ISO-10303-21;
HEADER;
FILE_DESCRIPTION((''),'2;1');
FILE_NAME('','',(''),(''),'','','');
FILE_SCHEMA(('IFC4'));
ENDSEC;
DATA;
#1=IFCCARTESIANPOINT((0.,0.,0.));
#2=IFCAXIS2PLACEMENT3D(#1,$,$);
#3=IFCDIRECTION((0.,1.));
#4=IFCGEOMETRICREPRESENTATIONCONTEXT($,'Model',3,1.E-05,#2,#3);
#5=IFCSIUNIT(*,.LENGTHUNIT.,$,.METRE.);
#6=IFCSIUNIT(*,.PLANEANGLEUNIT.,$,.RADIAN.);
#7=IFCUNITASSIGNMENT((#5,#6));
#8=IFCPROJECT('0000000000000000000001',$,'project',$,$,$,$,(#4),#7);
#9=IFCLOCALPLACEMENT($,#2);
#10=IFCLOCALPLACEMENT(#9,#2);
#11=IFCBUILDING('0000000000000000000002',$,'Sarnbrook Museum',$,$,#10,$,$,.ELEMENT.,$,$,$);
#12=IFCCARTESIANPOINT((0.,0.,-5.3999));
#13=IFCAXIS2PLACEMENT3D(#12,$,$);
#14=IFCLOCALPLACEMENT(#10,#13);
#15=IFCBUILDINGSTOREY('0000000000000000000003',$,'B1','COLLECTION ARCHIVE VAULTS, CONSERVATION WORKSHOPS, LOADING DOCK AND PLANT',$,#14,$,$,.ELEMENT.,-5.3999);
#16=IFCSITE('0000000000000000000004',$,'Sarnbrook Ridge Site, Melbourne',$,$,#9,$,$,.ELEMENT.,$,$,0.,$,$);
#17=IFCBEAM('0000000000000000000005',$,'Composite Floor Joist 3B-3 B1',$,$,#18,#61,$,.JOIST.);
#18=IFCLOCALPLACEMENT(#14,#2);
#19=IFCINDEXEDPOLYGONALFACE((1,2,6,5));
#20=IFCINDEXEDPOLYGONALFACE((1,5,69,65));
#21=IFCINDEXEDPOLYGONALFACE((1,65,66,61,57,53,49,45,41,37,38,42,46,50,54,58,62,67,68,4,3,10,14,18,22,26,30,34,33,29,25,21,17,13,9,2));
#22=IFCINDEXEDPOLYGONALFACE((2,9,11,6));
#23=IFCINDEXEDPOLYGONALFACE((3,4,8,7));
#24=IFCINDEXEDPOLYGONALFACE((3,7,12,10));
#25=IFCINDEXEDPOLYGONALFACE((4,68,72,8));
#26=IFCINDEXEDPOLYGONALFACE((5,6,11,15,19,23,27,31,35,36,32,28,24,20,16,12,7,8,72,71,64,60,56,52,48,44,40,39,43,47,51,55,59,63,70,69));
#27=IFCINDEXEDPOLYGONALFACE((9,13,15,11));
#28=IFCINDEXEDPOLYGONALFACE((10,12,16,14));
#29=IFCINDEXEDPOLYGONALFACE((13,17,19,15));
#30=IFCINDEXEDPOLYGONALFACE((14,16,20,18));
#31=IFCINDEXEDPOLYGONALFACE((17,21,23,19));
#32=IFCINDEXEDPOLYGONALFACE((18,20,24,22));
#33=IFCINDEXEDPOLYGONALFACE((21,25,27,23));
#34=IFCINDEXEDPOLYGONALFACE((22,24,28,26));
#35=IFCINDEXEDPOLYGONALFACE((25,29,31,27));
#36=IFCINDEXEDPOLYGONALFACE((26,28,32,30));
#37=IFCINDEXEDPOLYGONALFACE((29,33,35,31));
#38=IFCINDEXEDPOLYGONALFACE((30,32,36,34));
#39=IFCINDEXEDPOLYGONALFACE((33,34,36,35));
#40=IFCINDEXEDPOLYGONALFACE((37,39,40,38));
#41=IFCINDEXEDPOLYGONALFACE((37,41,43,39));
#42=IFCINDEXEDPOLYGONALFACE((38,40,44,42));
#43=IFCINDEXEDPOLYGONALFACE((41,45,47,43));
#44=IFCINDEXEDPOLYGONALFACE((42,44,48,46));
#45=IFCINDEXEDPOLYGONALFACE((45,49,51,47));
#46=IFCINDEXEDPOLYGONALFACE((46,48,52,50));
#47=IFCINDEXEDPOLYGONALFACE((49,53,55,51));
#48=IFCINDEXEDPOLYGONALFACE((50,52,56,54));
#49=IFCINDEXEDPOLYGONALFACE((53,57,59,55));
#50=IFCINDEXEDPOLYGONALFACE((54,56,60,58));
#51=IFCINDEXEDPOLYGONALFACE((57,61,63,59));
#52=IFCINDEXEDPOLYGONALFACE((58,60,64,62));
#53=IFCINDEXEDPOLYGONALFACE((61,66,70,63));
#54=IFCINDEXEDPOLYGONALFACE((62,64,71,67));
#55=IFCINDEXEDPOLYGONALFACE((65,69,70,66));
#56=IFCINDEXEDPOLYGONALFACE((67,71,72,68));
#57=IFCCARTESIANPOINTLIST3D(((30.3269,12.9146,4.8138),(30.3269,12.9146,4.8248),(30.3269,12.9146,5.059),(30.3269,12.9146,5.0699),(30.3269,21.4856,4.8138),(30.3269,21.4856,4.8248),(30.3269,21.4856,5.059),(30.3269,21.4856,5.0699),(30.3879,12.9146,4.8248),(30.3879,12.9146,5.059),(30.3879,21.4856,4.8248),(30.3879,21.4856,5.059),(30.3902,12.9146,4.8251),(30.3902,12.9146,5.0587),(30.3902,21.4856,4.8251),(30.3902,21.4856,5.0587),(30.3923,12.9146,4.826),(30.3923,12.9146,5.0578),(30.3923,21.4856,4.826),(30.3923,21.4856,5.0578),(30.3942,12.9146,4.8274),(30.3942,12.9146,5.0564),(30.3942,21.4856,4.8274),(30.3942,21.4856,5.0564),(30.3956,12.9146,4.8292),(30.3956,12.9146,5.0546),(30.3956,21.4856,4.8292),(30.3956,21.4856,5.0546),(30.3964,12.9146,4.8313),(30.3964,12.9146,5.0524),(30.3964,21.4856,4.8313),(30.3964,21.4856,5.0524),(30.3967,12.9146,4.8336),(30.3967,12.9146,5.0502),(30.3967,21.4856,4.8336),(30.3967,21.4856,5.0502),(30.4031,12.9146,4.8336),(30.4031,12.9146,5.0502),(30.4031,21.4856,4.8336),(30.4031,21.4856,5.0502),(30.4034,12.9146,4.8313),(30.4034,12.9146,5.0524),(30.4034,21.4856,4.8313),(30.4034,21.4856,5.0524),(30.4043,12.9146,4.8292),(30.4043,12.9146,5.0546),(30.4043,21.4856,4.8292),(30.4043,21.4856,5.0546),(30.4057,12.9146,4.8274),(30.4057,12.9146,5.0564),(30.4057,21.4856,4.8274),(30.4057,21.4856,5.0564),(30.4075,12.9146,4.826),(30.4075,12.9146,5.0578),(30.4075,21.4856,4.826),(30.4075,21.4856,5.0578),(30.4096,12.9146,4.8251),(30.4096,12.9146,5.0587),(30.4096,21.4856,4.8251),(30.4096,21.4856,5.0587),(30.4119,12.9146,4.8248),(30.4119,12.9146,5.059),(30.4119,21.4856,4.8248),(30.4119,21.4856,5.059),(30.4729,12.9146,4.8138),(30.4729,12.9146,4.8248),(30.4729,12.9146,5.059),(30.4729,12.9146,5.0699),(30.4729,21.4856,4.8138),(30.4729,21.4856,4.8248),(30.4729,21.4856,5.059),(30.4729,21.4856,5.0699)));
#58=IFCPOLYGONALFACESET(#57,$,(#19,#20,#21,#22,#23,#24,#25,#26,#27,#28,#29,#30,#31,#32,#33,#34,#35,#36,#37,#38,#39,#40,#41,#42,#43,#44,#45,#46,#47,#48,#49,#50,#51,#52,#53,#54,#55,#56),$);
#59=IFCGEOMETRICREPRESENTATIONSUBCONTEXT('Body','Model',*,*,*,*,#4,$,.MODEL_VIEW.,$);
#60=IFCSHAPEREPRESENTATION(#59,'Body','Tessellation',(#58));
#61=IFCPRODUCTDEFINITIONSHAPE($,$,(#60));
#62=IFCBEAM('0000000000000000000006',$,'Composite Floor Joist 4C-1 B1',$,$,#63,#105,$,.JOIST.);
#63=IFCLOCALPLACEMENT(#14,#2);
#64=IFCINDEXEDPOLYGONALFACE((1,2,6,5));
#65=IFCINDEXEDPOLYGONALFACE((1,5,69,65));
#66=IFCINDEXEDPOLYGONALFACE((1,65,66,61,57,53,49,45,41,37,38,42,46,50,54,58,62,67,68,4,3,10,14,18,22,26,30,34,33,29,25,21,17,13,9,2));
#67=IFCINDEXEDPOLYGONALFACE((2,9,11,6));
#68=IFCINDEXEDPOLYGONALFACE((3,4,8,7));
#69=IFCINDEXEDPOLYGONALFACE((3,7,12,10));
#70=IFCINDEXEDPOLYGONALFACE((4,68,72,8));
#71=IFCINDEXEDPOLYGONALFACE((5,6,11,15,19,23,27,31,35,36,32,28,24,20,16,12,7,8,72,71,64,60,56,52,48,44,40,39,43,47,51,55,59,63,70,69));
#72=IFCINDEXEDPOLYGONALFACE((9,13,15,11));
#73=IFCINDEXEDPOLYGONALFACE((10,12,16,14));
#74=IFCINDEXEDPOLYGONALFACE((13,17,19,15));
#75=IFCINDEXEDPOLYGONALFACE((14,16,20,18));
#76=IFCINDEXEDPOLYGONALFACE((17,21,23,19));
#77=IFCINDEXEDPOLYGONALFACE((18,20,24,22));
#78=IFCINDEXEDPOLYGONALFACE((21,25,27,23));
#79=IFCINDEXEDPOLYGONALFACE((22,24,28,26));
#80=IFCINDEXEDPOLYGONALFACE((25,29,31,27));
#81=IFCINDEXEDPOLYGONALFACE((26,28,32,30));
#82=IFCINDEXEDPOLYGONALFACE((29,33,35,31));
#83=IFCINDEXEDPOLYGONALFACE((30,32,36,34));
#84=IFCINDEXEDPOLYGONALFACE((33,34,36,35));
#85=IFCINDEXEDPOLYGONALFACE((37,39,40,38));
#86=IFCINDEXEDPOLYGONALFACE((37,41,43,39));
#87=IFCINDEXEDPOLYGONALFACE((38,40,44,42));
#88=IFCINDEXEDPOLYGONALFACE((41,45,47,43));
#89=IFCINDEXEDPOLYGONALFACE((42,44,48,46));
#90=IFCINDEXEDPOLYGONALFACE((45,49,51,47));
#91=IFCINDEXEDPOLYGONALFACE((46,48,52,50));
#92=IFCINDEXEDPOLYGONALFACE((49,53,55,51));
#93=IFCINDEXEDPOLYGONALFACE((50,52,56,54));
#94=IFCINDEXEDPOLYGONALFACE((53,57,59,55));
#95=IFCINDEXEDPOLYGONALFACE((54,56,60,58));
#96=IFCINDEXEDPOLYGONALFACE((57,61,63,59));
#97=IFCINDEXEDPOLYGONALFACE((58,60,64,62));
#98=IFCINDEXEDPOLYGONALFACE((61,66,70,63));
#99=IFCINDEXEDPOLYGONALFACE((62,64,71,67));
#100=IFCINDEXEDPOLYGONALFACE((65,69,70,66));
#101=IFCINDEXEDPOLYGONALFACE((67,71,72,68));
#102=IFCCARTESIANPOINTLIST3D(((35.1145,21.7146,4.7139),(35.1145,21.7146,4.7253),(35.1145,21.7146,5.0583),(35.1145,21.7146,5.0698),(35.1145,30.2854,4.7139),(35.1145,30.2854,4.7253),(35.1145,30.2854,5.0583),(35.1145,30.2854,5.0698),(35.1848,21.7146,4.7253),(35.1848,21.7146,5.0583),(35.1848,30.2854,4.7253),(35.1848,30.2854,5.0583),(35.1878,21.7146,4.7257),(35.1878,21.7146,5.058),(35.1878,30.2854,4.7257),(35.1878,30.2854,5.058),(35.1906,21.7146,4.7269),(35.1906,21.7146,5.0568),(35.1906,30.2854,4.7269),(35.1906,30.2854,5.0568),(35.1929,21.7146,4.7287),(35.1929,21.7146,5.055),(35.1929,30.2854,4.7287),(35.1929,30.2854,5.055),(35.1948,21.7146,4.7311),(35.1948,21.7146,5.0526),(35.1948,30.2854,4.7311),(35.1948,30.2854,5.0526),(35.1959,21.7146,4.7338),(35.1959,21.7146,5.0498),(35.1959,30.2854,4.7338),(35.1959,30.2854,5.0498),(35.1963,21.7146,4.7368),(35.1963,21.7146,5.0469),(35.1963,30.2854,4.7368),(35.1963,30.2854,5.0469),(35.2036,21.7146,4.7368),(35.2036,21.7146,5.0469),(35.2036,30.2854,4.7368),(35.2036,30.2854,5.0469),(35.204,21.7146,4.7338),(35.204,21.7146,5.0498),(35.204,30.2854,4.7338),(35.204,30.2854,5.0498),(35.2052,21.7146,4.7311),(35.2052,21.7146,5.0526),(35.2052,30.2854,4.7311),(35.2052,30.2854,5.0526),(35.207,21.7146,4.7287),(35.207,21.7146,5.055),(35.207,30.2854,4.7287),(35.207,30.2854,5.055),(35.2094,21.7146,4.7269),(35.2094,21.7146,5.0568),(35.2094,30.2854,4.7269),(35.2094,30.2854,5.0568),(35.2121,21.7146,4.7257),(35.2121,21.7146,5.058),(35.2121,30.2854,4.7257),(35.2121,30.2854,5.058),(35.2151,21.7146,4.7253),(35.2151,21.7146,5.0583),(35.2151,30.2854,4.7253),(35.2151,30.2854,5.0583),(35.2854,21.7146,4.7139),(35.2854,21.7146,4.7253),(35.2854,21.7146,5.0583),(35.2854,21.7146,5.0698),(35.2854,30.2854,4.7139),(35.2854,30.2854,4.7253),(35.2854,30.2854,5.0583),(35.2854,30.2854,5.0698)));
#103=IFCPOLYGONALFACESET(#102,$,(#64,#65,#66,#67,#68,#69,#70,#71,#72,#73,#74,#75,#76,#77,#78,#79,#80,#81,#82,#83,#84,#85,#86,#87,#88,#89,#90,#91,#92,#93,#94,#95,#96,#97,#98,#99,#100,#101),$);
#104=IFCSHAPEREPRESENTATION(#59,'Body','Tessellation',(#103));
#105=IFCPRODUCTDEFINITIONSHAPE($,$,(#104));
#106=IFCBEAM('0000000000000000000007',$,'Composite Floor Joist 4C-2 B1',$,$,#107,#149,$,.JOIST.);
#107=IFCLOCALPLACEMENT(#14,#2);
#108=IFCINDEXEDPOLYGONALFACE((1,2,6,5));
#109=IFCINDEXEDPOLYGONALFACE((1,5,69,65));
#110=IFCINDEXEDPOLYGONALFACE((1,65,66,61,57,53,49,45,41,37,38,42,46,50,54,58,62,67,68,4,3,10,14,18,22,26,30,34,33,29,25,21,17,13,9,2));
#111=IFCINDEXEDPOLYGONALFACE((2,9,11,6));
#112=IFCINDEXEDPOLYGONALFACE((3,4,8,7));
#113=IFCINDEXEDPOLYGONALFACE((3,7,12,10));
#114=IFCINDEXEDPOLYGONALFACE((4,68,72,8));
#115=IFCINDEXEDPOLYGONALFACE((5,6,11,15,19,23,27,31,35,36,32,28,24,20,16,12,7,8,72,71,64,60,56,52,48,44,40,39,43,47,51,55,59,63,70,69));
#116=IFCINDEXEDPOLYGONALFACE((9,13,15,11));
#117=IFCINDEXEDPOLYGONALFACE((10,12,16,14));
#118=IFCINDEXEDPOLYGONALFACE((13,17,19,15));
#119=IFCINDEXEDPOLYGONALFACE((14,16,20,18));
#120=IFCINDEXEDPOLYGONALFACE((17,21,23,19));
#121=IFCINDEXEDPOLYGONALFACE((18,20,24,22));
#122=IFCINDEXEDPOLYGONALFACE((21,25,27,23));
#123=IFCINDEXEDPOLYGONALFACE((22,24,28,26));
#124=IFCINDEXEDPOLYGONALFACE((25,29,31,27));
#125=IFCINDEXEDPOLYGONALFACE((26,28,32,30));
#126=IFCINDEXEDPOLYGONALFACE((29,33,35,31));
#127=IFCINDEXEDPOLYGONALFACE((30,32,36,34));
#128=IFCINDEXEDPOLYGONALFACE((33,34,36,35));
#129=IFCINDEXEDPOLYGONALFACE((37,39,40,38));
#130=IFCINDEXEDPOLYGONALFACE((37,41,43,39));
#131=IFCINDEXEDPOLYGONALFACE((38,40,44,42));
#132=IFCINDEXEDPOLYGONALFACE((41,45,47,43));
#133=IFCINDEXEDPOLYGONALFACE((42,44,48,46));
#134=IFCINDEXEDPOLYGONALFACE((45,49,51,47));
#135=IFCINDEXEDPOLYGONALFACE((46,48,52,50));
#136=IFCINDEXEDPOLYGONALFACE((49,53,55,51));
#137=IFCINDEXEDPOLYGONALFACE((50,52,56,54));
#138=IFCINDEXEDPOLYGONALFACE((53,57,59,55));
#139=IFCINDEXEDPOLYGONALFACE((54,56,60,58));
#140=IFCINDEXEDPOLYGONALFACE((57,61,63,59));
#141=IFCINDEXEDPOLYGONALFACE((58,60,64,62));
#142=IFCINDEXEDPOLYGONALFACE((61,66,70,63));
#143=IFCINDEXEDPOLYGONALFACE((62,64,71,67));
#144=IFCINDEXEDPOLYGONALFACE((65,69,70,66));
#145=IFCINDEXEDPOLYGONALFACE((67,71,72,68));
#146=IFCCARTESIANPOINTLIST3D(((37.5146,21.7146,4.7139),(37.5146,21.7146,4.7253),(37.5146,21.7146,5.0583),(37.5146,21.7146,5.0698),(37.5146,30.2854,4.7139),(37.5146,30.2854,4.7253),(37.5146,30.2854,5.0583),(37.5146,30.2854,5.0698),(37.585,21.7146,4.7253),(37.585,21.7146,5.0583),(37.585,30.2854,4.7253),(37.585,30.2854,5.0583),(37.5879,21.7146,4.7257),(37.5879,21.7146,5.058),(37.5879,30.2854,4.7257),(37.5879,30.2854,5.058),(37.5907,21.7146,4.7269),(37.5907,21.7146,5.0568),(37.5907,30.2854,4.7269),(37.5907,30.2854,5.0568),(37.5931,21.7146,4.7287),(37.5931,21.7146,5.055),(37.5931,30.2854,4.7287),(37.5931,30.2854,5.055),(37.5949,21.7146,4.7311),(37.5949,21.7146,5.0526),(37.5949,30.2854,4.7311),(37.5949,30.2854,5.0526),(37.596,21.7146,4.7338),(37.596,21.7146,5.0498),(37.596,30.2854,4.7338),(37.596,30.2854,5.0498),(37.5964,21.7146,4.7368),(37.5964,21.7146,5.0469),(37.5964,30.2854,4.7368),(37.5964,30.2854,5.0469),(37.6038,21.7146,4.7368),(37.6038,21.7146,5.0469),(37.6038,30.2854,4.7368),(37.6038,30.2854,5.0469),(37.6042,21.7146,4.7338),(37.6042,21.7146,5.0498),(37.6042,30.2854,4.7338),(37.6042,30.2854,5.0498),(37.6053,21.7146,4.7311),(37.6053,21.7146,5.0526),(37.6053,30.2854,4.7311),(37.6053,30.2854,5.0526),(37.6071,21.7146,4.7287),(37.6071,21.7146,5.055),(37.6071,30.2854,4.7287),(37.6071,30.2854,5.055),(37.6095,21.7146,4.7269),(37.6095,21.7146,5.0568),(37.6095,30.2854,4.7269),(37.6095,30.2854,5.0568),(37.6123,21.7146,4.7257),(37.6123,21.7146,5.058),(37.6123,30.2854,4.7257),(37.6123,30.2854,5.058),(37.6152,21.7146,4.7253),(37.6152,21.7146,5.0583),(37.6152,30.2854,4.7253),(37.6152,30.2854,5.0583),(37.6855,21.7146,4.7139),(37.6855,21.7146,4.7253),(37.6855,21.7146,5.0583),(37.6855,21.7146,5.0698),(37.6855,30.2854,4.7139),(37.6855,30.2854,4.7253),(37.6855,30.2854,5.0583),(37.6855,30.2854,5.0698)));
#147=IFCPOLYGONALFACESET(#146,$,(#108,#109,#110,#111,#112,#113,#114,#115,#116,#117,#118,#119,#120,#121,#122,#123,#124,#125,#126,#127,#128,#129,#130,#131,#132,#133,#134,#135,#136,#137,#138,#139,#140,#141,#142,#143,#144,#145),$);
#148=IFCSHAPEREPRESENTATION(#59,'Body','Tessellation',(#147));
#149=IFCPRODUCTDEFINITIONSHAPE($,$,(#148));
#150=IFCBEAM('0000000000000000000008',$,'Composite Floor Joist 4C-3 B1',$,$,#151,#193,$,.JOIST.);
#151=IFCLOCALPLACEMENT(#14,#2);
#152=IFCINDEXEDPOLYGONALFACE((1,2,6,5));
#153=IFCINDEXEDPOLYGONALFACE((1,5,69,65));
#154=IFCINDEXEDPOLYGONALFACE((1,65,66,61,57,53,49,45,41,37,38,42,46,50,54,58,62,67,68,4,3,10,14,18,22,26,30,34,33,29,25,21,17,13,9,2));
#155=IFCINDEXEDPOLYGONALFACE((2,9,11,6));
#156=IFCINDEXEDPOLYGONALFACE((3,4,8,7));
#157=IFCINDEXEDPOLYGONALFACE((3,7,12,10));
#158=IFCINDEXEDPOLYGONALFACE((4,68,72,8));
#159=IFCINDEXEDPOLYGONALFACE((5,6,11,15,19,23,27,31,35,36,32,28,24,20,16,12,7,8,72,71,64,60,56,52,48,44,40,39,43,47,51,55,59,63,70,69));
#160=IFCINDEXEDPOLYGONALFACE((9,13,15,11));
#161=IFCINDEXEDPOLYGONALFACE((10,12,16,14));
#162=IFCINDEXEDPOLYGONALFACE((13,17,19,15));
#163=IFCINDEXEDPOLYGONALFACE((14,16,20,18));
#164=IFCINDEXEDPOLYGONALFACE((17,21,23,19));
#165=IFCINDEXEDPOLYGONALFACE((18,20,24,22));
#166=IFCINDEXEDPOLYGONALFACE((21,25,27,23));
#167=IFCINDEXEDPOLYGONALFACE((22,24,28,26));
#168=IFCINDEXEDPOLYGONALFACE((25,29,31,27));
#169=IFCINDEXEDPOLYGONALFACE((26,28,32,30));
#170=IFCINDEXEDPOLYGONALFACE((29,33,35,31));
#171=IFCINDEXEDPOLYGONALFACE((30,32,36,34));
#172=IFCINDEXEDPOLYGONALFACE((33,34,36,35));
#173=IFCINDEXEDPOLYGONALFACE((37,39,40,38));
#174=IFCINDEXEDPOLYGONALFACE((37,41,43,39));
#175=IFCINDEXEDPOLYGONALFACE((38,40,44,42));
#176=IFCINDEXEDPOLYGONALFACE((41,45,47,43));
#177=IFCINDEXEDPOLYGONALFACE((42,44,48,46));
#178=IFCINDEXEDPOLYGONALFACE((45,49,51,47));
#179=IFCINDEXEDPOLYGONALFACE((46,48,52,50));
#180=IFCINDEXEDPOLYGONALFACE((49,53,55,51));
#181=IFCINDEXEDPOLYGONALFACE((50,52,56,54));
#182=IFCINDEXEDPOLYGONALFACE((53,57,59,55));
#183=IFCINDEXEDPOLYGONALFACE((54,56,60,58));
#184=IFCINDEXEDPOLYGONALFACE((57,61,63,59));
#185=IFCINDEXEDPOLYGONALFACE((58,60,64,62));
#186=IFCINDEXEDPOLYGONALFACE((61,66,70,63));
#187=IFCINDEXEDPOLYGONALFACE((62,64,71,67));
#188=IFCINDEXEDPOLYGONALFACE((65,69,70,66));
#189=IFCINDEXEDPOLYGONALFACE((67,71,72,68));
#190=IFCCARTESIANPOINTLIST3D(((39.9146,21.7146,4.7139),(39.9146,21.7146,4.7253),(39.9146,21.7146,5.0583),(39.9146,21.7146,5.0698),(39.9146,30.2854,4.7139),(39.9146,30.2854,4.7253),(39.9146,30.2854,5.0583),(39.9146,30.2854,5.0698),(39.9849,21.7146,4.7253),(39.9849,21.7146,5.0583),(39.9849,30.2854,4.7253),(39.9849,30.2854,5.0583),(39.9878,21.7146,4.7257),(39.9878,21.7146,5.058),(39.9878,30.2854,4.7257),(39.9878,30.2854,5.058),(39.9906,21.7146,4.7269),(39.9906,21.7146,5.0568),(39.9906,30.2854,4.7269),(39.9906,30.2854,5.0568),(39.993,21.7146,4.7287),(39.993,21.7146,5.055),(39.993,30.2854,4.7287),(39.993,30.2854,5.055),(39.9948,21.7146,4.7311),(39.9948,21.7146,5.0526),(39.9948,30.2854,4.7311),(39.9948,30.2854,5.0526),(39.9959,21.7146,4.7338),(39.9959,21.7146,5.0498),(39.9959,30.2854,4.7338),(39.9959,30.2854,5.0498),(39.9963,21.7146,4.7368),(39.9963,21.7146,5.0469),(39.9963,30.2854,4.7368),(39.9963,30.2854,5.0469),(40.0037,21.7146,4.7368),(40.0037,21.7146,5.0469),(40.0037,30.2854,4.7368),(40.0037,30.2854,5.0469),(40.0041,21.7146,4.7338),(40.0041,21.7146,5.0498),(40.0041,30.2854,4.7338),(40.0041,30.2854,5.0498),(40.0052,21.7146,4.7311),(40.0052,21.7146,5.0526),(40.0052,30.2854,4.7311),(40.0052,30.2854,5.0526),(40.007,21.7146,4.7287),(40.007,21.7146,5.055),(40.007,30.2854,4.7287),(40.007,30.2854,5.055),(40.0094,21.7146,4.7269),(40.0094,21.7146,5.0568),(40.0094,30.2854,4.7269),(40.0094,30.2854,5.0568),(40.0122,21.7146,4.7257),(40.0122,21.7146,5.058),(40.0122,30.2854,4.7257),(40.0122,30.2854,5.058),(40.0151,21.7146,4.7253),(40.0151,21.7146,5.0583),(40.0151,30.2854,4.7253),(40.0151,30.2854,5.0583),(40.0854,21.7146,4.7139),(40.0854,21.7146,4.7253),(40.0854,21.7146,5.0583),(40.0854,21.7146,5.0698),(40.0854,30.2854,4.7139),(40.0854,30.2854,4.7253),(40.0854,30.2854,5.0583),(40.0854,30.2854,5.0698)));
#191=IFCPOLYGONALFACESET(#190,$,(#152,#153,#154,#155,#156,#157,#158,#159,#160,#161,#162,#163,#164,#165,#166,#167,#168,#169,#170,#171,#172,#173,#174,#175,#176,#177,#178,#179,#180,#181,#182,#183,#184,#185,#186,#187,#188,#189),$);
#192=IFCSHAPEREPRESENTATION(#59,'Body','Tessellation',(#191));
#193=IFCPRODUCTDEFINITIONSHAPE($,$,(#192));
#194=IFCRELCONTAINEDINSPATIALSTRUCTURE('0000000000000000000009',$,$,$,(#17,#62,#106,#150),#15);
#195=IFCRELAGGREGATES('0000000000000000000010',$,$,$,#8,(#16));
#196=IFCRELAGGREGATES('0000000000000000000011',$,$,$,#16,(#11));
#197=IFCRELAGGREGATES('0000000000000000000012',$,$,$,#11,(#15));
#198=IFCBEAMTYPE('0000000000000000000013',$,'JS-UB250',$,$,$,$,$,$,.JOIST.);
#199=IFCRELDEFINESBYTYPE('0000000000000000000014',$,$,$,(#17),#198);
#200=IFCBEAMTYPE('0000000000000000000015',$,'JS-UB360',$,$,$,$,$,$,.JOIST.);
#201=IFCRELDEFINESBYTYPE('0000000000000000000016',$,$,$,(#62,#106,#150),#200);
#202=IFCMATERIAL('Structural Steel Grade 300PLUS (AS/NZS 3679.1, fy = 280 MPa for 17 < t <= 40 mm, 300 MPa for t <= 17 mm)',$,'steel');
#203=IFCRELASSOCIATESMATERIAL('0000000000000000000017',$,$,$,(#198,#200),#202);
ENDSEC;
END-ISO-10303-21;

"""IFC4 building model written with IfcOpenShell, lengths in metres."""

from ifc_helpers import new_model, si_unit, direction, frame, origin, origin_2d, place, context, subcontext, project, spatial, i_section, extrude, material, material_profile, profile_set, type_object, element, save


model = new_model("IFC4")

# Units and contexts
model_context = context("Model", 3, precision=1e-05, world=origin(), true_north=direction((0.0, 1.0)))
body_context = subcontext(model_context, "Body", "Model", "MODEL_VIEW")
ifc_project = project(units=[si_unit("LENGTHUNIT", "METRE"), si_unit("PLANEANGLEUNIT", "RADIAN")], contexts=[model_context])

# Site, building, storey
site_placement = place(None, origin())
site = spatial("IfcSite", under=ifc_project, at=site_placement, Name="Sarnbrook Ridge Site, Melbourne", CompositionType="ELEMENT", RefElevation=0.0)
building_placement = place(site_placement, origin())
building = spatial("IfcBuilding", under=site, at=building_placement, Name="Sarnbrook Museum", CompositionType="ELEMENT")
storey_placement = place(building_placement, frame((0.0, 0.0, -5.3999)))
storey = spatial("IfcBuildingStorey", under=building, at=storey_placement, Name="B1", Description="COLLECTION ARCHIVE VAULTS, CONSERVATION WORKSHOPS, LOADING DOCK AND PLANT", CompositionType="ELEMENT", Elevation=-5.3999)

# Beams
ifc_material_1 = material(Name="Structural Steel Grade 300PLUS (AS/NZS 3679.1, fy = 280 MPa for 17 < t <= 40 mm, 300 MPa for t <= 17 mm)", Category="steel")
ifc_material_profile_1 = material_profile(ifc_material_1, i_section(OverallWidth=0.146, OverallDepth=0.2561, WebThickness=0.0063, FlangeThickness=0.011, FilletRadius=0.0088, at=origin_2d()), Name="250UB37.3")
ifc_profile_set_1 = profile_set([ifc_material_profile_1], Name="Structural Steel Grade 300PLUS (AS/NZS 3679.1, fy = 280 MPa for 17 < t <= 40 mm, 300 MPa for t <= 17 mm)")
beam_type_1 = type_object("IfcBeamType", Name="JS-UB250", PredefinedType="JOIST", material=ifc_profile_set_1)
beam_1_placement = place(storey_placement, frame((30.3999, 12.9146, 4.9419), z_axis=(0.0, 1.0, 0.0), x_axis=(-1.0, 0.0, 0.0)))
element("IfcBeam", 1, at=beam_1_placement, inside=storey, type_object=beam_type_1, Name="Composite Floor Joist 3B-3 B1", PredefinedType="JOIST", context=body_context, shape_type="SweptSolid", body=[
    extrude(i_section(OverallWidth=0.146, OverallDepth=0.2561, WebThickness=0.0063, FlangeThickness=0.011, FilletRadius=0.0088, at=origin_2d()), origin(), (0.0, 0.0, 1.0), 8.571),
])
ifc_material_profile_2 = material_profile(ifc_material_1, i_section(OverallWidth=0.1709, OverallDepth=0.356, WebThickness=0.0073, FlangeThickness=0.0115, FilletRadius=0.0115, at=origin_2d()), Name="360UB50.7")
ifc_profile_set_2 = profile_set([ifc_material_profile_2], Name="Structural Steel Grade 300PLUS (AS/NZS 3679.1, fy = 280 MPa for 17 < t <= 40 mm, 300 MPa for t <= 17 mm)")
beam_type_2 = type_object("IfcBeamType", Name="JS-UB360", PredefinedType="JOIST", material=ifc_profile_set_2)
for number, where, z_axis, x_axis, name in (
    (2, (35.2, 21.7146, 4.8918), (0.0, 1.0, 0.0), (-1.0, 0.0, 0.0), "Composite Floor Joist 4C-1 B1"),
    (3, (37.6001, 21.7146, 4.8918), (0.0, 1.0, 0.0), (-1.0, 0.0, 0.0), "Composite Floor Joist 4C-2 B1"),
    (4, (40.0, 21.7146, 4.8918), (0.0, 1.0, 0.0), (-1.0, 0.0, 0.0), "Composite Floor Joist 4C-3 B1"),
):
    element("IfcBeam", number, at=place(storey_placement, frame(where, z_axis=z_axis, x_axis=x_axis)), inside=storey, type_object=beam_type_2, Name=name, PredefinedType="JOIST", context=body_context, shape_type="SweptSolid", body=[
        extrude(i_section(OverallWidth=0.1709, OverallDepth=0.356, WebThickness=0.0073, FlangeThickness=0.0115, FilletRadius=0.0115, at=origin_2d()), origin(), (0.0, 0.0, 1.0), 8.5708),
    ])

save(model, "model.ifc")
